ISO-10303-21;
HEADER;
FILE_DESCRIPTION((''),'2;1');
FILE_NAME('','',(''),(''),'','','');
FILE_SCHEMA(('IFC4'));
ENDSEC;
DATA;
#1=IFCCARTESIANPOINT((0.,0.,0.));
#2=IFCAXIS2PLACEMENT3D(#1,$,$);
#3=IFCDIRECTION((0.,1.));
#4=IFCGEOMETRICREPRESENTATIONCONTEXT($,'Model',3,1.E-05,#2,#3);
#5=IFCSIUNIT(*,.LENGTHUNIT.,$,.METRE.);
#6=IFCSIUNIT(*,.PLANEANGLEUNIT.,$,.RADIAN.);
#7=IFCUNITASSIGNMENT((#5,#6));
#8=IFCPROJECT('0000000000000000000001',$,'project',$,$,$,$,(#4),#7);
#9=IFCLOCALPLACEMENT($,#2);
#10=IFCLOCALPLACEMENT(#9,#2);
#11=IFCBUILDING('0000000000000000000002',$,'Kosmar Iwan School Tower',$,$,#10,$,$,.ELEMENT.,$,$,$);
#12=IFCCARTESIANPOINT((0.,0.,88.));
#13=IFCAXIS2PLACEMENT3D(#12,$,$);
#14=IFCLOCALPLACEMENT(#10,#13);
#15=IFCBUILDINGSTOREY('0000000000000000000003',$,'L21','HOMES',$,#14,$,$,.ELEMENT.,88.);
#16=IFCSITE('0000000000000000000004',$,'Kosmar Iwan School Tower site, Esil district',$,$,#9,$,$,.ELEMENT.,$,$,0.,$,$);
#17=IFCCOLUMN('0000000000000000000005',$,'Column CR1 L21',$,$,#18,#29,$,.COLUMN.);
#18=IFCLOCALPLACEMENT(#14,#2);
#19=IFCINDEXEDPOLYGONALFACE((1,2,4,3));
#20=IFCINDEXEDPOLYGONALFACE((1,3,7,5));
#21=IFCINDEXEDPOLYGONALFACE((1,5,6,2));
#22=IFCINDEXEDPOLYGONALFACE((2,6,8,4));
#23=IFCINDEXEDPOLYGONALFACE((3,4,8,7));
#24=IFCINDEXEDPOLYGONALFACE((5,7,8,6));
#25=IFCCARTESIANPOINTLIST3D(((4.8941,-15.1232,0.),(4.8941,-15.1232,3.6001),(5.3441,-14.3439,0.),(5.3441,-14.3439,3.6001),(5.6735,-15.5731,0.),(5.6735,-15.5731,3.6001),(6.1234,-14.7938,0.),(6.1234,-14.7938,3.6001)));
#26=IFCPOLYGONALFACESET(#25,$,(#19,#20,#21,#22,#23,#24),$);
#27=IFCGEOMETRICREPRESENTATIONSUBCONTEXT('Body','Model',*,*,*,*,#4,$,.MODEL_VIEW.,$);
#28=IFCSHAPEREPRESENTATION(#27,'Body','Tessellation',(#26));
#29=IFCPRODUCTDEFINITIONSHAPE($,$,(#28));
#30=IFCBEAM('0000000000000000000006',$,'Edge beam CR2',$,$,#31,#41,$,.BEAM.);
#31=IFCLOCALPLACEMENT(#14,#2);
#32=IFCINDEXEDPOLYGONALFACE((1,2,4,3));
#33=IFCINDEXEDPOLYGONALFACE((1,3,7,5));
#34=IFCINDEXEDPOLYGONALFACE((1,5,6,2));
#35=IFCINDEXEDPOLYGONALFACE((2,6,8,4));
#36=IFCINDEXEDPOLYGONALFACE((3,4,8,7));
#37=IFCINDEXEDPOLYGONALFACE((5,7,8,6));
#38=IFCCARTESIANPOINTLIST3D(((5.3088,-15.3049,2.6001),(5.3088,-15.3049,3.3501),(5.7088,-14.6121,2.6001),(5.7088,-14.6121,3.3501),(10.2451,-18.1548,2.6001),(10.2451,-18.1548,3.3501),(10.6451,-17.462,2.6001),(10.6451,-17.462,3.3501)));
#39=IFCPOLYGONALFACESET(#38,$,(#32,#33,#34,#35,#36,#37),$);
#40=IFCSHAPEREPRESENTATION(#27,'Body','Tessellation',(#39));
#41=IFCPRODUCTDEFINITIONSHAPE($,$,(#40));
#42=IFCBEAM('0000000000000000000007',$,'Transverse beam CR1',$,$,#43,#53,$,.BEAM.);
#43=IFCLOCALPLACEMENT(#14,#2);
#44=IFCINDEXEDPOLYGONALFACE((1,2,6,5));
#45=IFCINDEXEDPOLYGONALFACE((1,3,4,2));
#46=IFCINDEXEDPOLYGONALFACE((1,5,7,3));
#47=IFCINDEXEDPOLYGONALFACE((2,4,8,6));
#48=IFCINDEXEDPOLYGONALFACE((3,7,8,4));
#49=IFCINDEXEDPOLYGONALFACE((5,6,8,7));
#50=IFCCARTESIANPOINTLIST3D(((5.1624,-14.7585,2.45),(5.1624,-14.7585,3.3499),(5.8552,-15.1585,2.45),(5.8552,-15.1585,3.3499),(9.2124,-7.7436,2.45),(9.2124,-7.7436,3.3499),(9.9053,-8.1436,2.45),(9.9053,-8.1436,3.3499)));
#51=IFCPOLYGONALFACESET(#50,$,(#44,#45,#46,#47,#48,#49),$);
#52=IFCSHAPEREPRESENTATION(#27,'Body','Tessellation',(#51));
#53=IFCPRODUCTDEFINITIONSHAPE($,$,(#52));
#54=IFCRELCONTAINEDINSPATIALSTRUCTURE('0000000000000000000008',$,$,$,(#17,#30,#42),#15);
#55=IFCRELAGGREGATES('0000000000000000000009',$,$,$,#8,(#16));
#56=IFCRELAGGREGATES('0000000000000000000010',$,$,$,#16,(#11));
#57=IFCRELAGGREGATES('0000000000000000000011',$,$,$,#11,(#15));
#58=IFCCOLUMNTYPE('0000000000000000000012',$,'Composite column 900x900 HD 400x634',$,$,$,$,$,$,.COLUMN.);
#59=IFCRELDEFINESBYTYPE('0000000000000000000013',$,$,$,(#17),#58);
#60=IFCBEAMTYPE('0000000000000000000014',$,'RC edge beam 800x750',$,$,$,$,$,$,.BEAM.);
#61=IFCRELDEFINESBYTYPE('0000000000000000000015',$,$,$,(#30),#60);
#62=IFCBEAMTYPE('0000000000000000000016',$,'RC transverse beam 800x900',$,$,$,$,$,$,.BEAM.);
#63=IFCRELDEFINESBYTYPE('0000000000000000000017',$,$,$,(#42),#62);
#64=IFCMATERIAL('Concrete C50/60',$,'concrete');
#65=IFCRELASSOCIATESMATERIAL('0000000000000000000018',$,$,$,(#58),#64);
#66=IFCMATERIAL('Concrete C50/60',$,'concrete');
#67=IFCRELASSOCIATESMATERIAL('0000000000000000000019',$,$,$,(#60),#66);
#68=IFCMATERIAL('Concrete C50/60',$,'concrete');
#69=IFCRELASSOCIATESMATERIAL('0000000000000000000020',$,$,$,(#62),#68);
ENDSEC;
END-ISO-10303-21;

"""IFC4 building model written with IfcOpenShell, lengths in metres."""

from ifc_helpers import new_model, si_unit, direction, frame, origin, origin_2d, place, context, subcontext, project, spatial, rectangle, extrude, material, material_profile, profile_set, type_object, element, save


model = new_model("IFC4")

# Units and contexts
model_context = context("Model", 3, precision=1e-05, world=origin(), true_north=direction((0.0, 1.0)))
body_context = subcontext(model_context, "Body", "Model", "MODEL_VIEW")
ifc_project = project(units=[si_unit("LENGTHUNIT", "METRE"), si_unit("PLANEANGLEUNIT", "RADIAN")], contexts=[model_context])

# Site, building, storey
site_placement = place(None, origin())
site = spatial("IfcSite", under=ifc_project, at=site_placement, Name="Kosmar Iwan School Tower site, Esil district", CompositionType="ELEMENT", RefElevation=0.0)
building_placement = place(site_placement, origin())
building = spatial("IfcBuilding", under=site, at=building_placement, Name="Kosmar Iwan School Tower", CompositionType="ELEMENT")
storey_placement = place(building_placement, frame((0.0, 0.0, 88.0)))
storey = spatial("IfcBuildingStorey", under=building, at=storey_placement, Name="L21", Description="HOMES", CompositionType="ELEMENT", Elevation=88.0)

# Column
ifc_material_1 = material(Name="Concrete C50/60", Category="concrete")
ifc_material_profile_1 = material_profile(ifc_material_1, rectangle(XDim=0.8999, YDim=0.8999, at=origin_2d()), Name="RC 900x900 + HD 400x634")
ifc_profile_set_1 = profile_set([ifc_material_profile_1], Name="Concrete C50/60")
column_type = type_object("IfcColumnType", Name="Composite column 900x900 HD 400x634", PredefinedType="COLUMN", material=ifc_profile_set_1)
column_placement = place(storey_placement, frame((5.5088, -14.9585, 0.0), z_axis=(0.0, 0.0, 1.0), x_axis=(0.866025, -0.5, 0.0)))
element("IfcColumn", 1, at=column_placement, inside=storey, type_object=column_type, Name="Column CR1 L21", PredefinedType="COLUMN", context=body_context, shape_type="SweptSolid", body=[
    extrude(rectangle(XDim=0.8999, YDim=0.8999, at=origin_2d()), origin(), (0.0, 0.0, 1.0), 3.6001),
])

# Beams
ifc_material_2 = material(Name="Concrete C50/60", Category="concrete")
ifc_material_profile_2 = material_profile(ifc_material_2, rectangle(XDim=0.8, YDim=0.75, at=origin_2d()), Name="RC 800x750")
ifc_profile_set_2 = profile_set([ifc_material_profile_2], Name="Concrete C50/60")
beam_type_1 = type_object("IfcBeamType", Name="RC edge beam 800x750", PredefinedType="BEAM", material=ifc_profile_set_2)
beam_1_placement = place(storey_placement, frame((5.5088, -14.9585, 2.9751), z_axis=(0.866034, -0.499986, 0.0), x_axis=(0.499986, 0.866034, 0.0)))
element("IfcBeam", 2, at=beam_1_placement, inside=storey, type_object=beam_type_1, Name="Edge beam CR2", PredefinedType="BEAM", context=body_context, shape_type="SweptSolid", body=[
    extrude(rectangle(XDim=0.8, YDim=0.75, at=origin_2d()), origin(), (0.0, 0.0, 1.0), 5.7),
])
ifc_material_3 = material(Name="Concrete C50/60", Category="concrete")
ifc_material_profile_3 = material_profile(ifc_material_3, rectangle(XDim=0.8, YDim=0.8999, at=origin_2d()), Name="RC 800x900")
ifc_profile_set_3 = profile_set([ifc_material_profile_3], Name="Concrete C50/60")
beam_type_2 = type_object("IfcBeamType", Name="RC transverse beam 800x900", PredefinedType="BEAM", material=ifc_profile_set_3)
beam_2_placement = place(storey_placement, frame((5.5088, -14.9585, 2.8999), z_axis=(0.5, 0.866025, 0.0), x_axis=(-0.866025, 0.5, 0.0)))
element("IfcBeam", 3, at=beam_2_placement, inside=storey, type_object=beam_type_2, Name="Transverse beam CR1", PredefinedType="BEAM", context=body_context, shape_type="SweptSolid", body=[
    extrude(rectangle(XDim=0.8, YDim=0.8999, at=origin_2d()), origin(), (0.0, 0.0, 1.0), 8.1001),
])

save(model, "model.ifc")
